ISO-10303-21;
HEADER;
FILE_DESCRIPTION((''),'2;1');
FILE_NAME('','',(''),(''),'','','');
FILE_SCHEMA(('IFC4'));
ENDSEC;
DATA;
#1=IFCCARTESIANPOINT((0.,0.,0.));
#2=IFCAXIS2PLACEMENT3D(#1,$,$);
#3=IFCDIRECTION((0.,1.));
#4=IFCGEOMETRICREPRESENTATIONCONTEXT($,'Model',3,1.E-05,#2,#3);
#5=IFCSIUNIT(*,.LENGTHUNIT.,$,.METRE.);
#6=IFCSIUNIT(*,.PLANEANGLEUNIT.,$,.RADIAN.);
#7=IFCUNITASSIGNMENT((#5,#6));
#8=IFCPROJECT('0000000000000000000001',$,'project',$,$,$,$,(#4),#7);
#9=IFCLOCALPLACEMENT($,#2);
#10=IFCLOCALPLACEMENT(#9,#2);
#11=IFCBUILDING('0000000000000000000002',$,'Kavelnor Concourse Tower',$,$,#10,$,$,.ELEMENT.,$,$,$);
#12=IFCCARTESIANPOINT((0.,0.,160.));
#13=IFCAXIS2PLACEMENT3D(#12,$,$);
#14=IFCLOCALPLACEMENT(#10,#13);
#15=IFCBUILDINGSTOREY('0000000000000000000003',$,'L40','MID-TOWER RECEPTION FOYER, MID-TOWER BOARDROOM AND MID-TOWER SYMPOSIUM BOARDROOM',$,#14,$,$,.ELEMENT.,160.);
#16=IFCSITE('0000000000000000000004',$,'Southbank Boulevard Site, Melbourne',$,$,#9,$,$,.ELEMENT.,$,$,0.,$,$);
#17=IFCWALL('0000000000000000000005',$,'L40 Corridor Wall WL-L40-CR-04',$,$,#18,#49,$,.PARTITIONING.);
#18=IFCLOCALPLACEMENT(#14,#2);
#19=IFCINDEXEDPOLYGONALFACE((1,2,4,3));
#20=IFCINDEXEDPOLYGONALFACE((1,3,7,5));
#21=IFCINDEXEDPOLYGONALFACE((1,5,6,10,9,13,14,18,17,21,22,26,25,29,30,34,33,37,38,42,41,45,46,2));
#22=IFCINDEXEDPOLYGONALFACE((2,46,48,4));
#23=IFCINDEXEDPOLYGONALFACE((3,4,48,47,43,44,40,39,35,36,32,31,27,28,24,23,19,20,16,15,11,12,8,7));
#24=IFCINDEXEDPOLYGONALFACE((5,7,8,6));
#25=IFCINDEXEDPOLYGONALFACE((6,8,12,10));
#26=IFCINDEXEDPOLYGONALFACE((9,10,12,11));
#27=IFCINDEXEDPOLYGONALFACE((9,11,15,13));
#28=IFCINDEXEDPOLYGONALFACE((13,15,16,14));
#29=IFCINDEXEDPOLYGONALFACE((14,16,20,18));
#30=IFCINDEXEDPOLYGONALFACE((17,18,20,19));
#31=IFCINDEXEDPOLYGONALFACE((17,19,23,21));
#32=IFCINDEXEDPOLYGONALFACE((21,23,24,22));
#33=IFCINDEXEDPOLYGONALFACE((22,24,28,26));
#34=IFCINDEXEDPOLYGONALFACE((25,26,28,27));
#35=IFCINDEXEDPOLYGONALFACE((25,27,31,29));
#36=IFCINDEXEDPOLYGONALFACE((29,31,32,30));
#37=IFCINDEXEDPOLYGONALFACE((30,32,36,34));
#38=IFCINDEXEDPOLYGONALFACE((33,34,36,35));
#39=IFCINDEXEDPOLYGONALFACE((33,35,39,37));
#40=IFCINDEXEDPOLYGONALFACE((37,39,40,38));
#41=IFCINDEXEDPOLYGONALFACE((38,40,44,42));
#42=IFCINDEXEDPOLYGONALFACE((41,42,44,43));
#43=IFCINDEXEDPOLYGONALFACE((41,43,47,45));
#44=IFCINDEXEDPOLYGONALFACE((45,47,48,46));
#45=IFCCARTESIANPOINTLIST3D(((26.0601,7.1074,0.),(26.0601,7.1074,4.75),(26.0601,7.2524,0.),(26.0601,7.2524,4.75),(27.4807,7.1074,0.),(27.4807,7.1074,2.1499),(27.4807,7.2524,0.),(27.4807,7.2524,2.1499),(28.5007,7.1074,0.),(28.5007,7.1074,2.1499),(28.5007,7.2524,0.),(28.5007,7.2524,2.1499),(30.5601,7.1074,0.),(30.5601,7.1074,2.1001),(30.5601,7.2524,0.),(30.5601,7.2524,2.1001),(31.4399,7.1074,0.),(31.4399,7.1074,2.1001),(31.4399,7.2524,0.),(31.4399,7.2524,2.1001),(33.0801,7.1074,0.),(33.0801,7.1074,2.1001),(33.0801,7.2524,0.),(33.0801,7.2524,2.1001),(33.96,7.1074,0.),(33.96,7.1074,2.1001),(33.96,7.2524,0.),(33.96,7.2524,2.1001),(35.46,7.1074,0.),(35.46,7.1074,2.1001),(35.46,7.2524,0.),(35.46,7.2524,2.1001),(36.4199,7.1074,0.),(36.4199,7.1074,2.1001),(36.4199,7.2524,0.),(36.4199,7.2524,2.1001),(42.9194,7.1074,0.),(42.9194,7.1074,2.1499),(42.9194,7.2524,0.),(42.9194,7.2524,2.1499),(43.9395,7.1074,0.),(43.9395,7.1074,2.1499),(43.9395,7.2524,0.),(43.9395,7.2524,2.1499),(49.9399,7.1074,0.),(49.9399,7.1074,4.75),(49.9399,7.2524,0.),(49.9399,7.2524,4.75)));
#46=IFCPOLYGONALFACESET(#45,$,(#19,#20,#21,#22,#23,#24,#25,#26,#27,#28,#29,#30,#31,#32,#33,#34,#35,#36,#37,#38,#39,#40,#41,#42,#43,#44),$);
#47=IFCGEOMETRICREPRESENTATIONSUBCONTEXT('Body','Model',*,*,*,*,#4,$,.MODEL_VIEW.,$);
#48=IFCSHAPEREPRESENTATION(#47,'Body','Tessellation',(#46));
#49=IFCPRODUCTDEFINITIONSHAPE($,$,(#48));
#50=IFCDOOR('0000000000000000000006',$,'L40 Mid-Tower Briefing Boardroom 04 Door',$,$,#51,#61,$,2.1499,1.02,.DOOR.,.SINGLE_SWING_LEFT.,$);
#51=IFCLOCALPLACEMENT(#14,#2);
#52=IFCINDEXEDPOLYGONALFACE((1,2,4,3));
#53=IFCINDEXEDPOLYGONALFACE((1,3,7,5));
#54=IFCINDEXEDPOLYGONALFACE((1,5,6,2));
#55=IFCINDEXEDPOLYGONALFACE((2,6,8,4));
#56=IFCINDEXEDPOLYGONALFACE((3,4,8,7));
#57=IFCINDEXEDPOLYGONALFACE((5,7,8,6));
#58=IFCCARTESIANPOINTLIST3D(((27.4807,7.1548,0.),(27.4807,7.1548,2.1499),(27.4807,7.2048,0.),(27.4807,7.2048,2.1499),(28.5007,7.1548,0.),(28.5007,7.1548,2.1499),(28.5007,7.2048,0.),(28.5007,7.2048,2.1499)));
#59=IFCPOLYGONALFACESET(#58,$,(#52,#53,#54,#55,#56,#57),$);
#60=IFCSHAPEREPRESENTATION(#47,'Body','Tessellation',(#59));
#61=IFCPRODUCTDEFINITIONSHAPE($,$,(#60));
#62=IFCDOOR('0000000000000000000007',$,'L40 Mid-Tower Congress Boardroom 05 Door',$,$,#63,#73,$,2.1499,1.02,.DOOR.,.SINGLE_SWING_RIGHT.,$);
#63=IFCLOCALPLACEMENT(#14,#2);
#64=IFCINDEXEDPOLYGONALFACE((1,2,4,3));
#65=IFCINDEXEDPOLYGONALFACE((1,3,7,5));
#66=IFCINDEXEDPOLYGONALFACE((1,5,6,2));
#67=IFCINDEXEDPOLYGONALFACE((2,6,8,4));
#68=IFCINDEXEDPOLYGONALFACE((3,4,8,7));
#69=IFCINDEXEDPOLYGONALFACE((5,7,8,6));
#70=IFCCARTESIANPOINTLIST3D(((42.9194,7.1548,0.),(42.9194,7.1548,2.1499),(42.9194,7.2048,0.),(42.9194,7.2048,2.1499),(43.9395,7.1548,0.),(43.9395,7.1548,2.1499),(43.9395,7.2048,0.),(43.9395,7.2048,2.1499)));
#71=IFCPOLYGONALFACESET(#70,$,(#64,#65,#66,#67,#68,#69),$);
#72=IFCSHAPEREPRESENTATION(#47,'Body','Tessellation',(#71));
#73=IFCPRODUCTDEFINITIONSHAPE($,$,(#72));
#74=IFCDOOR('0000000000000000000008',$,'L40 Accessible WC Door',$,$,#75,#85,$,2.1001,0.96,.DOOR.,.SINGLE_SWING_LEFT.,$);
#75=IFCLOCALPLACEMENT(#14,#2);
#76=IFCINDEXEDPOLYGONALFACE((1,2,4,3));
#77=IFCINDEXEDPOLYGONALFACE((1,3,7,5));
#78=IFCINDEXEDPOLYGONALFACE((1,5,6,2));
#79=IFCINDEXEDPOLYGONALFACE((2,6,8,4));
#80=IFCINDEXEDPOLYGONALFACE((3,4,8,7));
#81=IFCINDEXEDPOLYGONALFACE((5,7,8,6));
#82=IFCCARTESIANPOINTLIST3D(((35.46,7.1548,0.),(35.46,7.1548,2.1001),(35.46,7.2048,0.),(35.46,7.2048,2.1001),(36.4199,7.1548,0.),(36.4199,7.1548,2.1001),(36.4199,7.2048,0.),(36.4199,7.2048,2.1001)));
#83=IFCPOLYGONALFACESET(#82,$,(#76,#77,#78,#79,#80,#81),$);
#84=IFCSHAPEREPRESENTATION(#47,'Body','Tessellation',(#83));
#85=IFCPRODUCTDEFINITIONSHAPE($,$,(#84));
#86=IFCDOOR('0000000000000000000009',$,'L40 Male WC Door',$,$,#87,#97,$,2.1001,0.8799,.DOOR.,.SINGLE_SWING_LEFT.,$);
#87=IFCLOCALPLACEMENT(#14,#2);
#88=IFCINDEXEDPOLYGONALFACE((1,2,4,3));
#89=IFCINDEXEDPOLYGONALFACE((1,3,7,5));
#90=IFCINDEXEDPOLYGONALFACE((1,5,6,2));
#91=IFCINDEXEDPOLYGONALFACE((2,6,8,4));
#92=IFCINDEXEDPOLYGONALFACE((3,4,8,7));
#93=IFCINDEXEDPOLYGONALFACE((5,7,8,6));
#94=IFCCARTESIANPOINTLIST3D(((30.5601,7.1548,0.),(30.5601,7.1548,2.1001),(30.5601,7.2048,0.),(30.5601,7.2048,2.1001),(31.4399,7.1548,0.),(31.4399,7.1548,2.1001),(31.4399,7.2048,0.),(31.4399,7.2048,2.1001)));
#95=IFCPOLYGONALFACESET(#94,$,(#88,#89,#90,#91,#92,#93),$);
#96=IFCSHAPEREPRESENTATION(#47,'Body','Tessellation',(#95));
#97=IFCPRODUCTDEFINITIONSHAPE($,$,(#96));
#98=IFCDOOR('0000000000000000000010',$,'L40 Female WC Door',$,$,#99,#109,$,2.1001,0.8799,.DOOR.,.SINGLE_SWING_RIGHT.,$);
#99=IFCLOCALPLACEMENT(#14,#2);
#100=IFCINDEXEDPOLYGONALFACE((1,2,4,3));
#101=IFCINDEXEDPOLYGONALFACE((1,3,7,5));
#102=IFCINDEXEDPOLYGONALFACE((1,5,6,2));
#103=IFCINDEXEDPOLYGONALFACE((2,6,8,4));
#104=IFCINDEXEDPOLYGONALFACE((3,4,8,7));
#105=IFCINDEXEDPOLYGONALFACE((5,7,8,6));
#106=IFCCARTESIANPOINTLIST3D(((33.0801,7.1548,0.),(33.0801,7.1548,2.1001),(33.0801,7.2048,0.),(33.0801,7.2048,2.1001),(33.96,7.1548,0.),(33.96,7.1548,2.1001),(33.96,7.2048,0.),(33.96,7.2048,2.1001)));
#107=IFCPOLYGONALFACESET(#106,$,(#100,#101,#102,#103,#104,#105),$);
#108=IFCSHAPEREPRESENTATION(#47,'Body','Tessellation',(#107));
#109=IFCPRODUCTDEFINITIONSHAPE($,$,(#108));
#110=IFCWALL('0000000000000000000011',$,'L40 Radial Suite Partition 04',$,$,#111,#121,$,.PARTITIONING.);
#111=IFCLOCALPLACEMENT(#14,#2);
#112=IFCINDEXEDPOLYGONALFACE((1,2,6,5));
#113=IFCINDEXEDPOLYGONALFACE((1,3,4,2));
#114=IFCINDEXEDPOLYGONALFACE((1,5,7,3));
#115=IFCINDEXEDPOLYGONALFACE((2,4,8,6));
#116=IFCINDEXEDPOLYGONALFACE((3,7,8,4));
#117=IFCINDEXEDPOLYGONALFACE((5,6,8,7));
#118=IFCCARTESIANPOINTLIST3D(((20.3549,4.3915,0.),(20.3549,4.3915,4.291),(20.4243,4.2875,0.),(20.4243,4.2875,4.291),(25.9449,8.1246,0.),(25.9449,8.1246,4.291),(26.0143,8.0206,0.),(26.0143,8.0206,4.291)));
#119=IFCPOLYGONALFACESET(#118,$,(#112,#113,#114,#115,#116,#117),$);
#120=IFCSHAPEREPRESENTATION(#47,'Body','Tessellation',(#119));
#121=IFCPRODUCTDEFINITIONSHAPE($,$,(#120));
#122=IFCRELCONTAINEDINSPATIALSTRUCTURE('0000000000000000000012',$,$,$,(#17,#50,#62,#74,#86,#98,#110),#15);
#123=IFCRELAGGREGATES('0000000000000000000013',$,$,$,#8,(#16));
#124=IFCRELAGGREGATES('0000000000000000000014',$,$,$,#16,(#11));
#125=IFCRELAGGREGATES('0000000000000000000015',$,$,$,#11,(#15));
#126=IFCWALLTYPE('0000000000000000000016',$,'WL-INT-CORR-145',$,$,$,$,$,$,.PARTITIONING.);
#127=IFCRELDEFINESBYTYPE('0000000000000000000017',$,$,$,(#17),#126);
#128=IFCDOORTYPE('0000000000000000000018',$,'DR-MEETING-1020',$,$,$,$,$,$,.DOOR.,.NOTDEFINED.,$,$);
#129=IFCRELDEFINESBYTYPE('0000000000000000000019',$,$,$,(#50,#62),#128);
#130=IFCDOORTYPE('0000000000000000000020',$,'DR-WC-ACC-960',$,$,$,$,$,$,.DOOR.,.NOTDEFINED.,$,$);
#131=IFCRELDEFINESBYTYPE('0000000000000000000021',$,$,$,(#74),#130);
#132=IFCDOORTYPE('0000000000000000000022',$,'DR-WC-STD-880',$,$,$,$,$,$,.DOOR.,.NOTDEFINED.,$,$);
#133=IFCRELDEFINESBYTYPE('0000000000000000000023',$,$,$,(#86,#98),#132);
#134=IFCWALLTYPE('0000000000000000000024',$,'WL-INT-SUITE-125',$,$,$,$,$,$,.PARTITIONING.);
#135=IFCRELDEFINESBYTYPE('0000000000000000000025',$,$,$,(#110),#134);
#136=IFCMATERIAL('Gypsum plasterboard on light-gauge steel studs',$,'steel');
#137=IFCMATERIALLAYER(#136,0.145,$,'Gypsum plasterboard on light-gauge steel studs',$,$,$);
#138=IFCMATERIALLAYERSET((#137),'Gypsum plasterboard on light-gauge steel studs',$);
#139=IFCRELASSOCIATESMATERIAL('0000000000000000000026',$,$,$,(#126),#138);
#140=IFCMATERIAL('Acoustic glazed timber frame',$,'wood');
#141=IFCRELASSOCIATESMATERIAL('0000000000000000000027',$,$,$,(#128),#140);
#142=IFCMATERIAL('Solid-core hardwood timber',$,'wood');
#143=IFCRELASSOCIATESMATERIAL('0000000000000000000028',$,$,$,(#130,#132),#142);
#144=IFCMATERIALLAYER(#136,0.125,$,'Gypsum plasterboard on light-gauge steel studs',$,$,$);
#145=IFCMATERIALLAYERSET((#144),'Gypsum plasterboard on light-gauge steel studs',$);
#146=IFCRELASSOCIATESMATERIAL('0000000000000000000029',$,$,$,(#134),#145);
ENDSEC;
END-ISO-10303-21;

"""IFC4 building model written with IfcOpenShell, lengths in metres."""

from ifc_helpers import new_model, si_unit, direction, frame, frame_2d, origin, place, context, subcontext, project, spatial, rectangle, extrude, material, layer, layer_set, type_object, element, fill, save


model = new_model("IFC4")

# Units and contexts
model_context = context("Model", 3, precision=1e-05, world=origin(), true_north=direction((0.0, 1.0)))
body_context = subcontext(model_context, "Body", "Model", "MODEL_VIEW")
ifc_project = project(units=[si_unit("LENGTHUNIT", "METRE"), si_unit("PLANEANGLEUNIT", "RADIAN")], contexts=[model_context])

# Site, building, storey
site_placement = place(None, origin())
site = spatial("IfcSite", under=ifc_project, at=site_placement, Name="Southbank Boulevard Site, Melbourne", CompositionType="ELEMENT", RefElevation=0.0)
building_placement = place(site_placement, origin())
building = spatial("IfcBuilding", under=site, at=building_placement, Name="Kavelnor Concourse Tower", CompositionType="ELEMENT")
storey_placement = place(building_placement, frame((0.0, 0.0, 160.0)))
storey = spatial("IfcBuildingStorey", under=building, at=storey_placement, Name="L40", Description="MID-TOWER RECEPTION FOYER, MID-TOWER BOARDROOM AND MID-TOWER SYMPOSIUM BOARDROOM", CompositionType="ELEMENT", Elevation=160.0)

# Wall, openings, doors
ifc_material_1 = material(Name="Gypsum plasterboard on light-gauge steel studs", Category="steel")
ifc_layer_1 = layer(ifc_material_1, 0.145, Name="Gypsum plasterboard on light-gauge steel studs")
ifc_layer_set_1 = layer_set([ifc_layer_1], Name="Gypsum plasterboard on light-gauge steel studs")
wall_type_1 = type_object("IfcWallType", Name="WL-INT-CORR-145", PredefinedType="PARTITIONING", material=ifc_layer_set_1)
wall_1_placement = place(storey_placement, frame((26.0601, 7.1799, 0.0), z_axis=(0.0, 0.0, 1.0), x_axis=(1.0, 0.0, 0.0)))
wall_1 = element("IfcWall", 1, at=wall_1_placement, inside=storey, type_object=wall_type_1, Name="L40 Corridor Wall WL-L40-CR-04", PredefinedType="PARTITIONING", context=body_context, shape_type="SweptSolid", body=[
    extrude(rectangle(XDim=23.8799, YDim=0.145, at=frame_2d((11.9399, 0.0))), origin(), (0.0, 0.0, 1.0), 4.75),
])
opening_1_placement = place(wall_1_placement, frame((4.5, 0.0, 0.0)))
opening_1 = element("IfcOpeningElement", 2, at=opening_1_placement, cuts=wall_1, PredefinedType="OPENING", context=body_context, shape_type="SweptSolid", body=[
    extrude(rectangle(XDim=0.8799, YDim=2.1001, at=frame_2d((0.4399, 1.05))), frame((0.0, 0.0825, 0.0), z_axis=(0.0, -1.0, 0.0), x_axis=(1.0, 0.0, 0.0)), (0.0, 0.0, 1.0), 0.165),
])
opening_2_placement = place(wall_1_placement, frame((7.02, 0.0, 0.0)))
opening_2 = element("IfcOpeningElement", 3, at=opening_2_placement, cuts=wall_1, PredefinedType="OPENING", context=body_context, shape_type="SweptSolid", body=[
    extrude(rectangle(XDim=0.8799, YDim=2.1001, at=frame_2d((0.4399, 1.05))), frame((0.0, 0.0825, 0.0), z_axis=(0.0, -1.0, 0.0), x_axis=(1.0, 0.0, 0.0)), (0.0, 0.0, 1.0), 0.165),
])
opening_3_placement = place(wall_1_placement, frame((9.3999, 0.0, 0.0)))
opening_3 = element("IfcOpeningElement", 4, at=opening_3_placement, cuts=wall_1, PredefinedType="OPENING", context=body_context, shape_type="SweptSolid", body=[
    extrude(rectangle(XDim=0.96, YDim=2.1001, at=frame_2d((0.48, 1.05))), frame((0.0, 0.0825, 0.0), z_axis=(0.0, -1.0, 0.0), x_axis=(1.0, 0.0, 0.0)), (0.0, 0.0, 1.0), 0.165),
])
opening_4_placement = place(wall_1_placement, frame((1.4207, 0.0, 0.0)))
opening_4 = element("IfcOpeningElement", 5, at=opening_4_placement, cuts=wall_1, PredefinedType="OPENING", context=body_context, shape_type="SweptSolid", body=[
    extrude(rectangle(XDim=1.02, YDim=2.1499, at=frame_2d((0.51, 1.075))), frame((0.0, 0.0825, 0.0), z_axis=(0.0, -1.0, 0.0), x_axis=(1.0, 0.0, 0.0)), (0.0, 0.0, 1.0), 0.165),
])
opening_5_placement = place(wall_1_placement, frame((16.8594, 0.0, 0.0)))
opening_5 = element("IfcOpeningElement", 6, at=opening_5_placement, cuts=wall_1, PredefinedType="OPENING", context=body_context, shape_type="SweptSolid", body=[
    extrude(rectangle(XDim=1.02, YDim=2.1499, at=frame_2d((0.51, 1.075))), frame((0.0, 0.0825, 0.0), z_axis=(0.0, -1.0, 0.0), x_axis=(1.0, 0.0, 0.0)), (0.0, 0.0, 1.0), 0.165),
])
ifc_material_2 = material(Name="Acoustic glazed timber frame", Category="wood")
door_type_1 = type_object("IfcDoorType", Name="DR-MEETING-1020", OperationType="NOTDEFINED", PredefinedType="DOOR", material=ifc_material_2)
door_1_placement = place(opening_4_placement, origin())
door_1 = element("IfcDoor", 7, at=door_1_placement, inside=storey, type_object=door_type_1, Name="L40 Mid-Tower Briefing Boardroom 04 Door", OperationType="SINGLE_SWING_LEFT", OverallHeight=2.1499, OverallWidth=1.02, PredefinedType="DOOR", context=body_context, shape_type="SweptSolid", body=[
    extrude(rectangle(XDim=1.02, YDim=2.1499, at=frame_2d((0.51, 1.075))), frame((0.0, 0.0249, 0.0), z_axis=(0.0, -1.0, 0.0), x_axis=(1.0, 0.0, 0.0)), (0.0, 0.0, 1.0), 0.05),
])
fill(opening_4, door_1)
door_2_placement = place(opening_5_placement, origin())
door_2 = element("IfcDoor", 8, at=door_2_placement, inside=storey, type_object=door_type_1, Name="L40 Mid-Tower Congress Boardroom 05 Door", OperationType="SINGLE_SWING_RIGHT", OverallHeight=2.1499, OverallWidth=1.02, PredefinedType="DOOR", context=body_context, shape_type="SweptSolid", body=[
    extrude(rectangle(XDim=1.02, YDim=2.1499, at=frame_2d((0.51, 1.075))), frame((0.0, 0.0249, 0.0), z_axis=(0.0, -1.0, 0.0), x_axis=(1.0, 0.0, 0.0)), (0.0, 0.0, 1.0), 0.05),
])
fill(opening_5, door_2)
ifc_material_3 = material(Name="Solid-core hardwood timber", Category="wood")
door_type_2 = type_object("IfcDoorType", Name="DR-WC-ACC-960", OperationType="NOTDEFINED", PredefinedType="DOOR", material=ifc_material_3)
door_3_placement = place(opening_3_placement, origin())
door_3 = element("IfcDoor", 9, at=door_3_placement, inside=storey, type_object=door_type_2, Name="L40 Accessible WC Door", OperationType="SINGLE_SWING_LEFT", OverallHeight=2.1001, OverallWidth=0.96, PredefinedType="DOOR", context=body_context, shape_type="SweptSolid", body=[
    extrude(rectangle(XDim=0.96, YDim=2.1001, at=frame_2d((0.48, 1.05))), frame((0.0, 0.0249, 0.0), z_axis=(0.0, -1.0, 0.0), x_axis=(1.0, 0.0, 0.0)), (0.0, 0.0, 1.0), 0.05),
])
fill(opening_3, door_3)
door_type_3 = type_object("IfcDoorType", Name="DR-WC-STD-880", OperationType="NOTDEFINED", PredefinedType="DOOR", material=ifc_material_3)
door_4_placement = place(opening_1_placement, origin())
door_4 = element("IfcDoor", 10, at=door_4_placement, inside=storey, type_object=door_type_3, Name="L40 Male WC Door", OperationType="SINGLE_SWING_LEFT", OverallHeight=2.1001, OverallWidth=0.8799, PredefinedType="DOOR", context=body_context, shape_type="SweptSolid", body=[
    extrude(rectangle(XDim=0.8799, YDim=2.1001, at=frame_2d((0.4399, 1.05))), frame((0.0, 0.0249, 0.0), z_axis=(0.0, -1.0, 0.0), x_axis=(1.0, 0.0, 0.0)), (0.0, 0.0, 1.0), 0.05),
])
fill(opening_1, door_4)
door_5_placement = place(opening_2_placement, origin())
door_5 = element("IfcDoor", 11, at=door_5_placement, inside=storey, type_object=door_type_3, Name="L40 Female WC Door", OperationType="SINGLE_SWING_RIGHT", OverallHeight=2.1001, OverallWidth=0.8799, PredefinedType="DOOR", context=body_context, shape_type="SweptSolid", body=[
    extrude(rectangle(XDim=0.8799, YDim=2.1001, at=frame_2d((0.4399, 1.05))), frame((0.0, 0.0249, 0.0), z_axis=(0.0, -1.0, 0.0), x_axis=(1.0, 0.0, 0.0)), (0.0, 0.0, 1.0), 0.05),
])
fill(opening_2, door_5)

# Wall
ifc_layer_2 = layer(ifc_material_1, 0.125, Name="Gypsum plasterboard on light-gauge steel studs")
ifc_layer_set_2 = layer_set([ifc_layer_2], Name="Gypsum plasterboard on light-gauge steel studs")
wall_type_2 = type_object("IfcWallType", Name="WL-INT-SUITE-125", PredefinedType="PARTITIONING", material=ifc_layer_set_2)
wall_2_placement = place(storey_placement, frame((25.9795, 8.0725, 0.0), z_axis=(0.0, 0.0, 1.0), x_axis=(-0.831609, -0.555362, 0.0)))
element("IfcWall", 12, at=wall_2_placement, inside=storey, type_object=wall_type_2, Name="L40 Radial Suite Partition 04", PredefinedType="PARTITIONING", context=body_context, shape_type="SweptSolid", body=[
    extrude(rectangle(XDim=6.7219, YDim=0.125, at=frame_2d((3.3608, 0.0))), origin(), (0.0, 0.0, 1.0), 4.291),
])

save(model, "model.ifc")
